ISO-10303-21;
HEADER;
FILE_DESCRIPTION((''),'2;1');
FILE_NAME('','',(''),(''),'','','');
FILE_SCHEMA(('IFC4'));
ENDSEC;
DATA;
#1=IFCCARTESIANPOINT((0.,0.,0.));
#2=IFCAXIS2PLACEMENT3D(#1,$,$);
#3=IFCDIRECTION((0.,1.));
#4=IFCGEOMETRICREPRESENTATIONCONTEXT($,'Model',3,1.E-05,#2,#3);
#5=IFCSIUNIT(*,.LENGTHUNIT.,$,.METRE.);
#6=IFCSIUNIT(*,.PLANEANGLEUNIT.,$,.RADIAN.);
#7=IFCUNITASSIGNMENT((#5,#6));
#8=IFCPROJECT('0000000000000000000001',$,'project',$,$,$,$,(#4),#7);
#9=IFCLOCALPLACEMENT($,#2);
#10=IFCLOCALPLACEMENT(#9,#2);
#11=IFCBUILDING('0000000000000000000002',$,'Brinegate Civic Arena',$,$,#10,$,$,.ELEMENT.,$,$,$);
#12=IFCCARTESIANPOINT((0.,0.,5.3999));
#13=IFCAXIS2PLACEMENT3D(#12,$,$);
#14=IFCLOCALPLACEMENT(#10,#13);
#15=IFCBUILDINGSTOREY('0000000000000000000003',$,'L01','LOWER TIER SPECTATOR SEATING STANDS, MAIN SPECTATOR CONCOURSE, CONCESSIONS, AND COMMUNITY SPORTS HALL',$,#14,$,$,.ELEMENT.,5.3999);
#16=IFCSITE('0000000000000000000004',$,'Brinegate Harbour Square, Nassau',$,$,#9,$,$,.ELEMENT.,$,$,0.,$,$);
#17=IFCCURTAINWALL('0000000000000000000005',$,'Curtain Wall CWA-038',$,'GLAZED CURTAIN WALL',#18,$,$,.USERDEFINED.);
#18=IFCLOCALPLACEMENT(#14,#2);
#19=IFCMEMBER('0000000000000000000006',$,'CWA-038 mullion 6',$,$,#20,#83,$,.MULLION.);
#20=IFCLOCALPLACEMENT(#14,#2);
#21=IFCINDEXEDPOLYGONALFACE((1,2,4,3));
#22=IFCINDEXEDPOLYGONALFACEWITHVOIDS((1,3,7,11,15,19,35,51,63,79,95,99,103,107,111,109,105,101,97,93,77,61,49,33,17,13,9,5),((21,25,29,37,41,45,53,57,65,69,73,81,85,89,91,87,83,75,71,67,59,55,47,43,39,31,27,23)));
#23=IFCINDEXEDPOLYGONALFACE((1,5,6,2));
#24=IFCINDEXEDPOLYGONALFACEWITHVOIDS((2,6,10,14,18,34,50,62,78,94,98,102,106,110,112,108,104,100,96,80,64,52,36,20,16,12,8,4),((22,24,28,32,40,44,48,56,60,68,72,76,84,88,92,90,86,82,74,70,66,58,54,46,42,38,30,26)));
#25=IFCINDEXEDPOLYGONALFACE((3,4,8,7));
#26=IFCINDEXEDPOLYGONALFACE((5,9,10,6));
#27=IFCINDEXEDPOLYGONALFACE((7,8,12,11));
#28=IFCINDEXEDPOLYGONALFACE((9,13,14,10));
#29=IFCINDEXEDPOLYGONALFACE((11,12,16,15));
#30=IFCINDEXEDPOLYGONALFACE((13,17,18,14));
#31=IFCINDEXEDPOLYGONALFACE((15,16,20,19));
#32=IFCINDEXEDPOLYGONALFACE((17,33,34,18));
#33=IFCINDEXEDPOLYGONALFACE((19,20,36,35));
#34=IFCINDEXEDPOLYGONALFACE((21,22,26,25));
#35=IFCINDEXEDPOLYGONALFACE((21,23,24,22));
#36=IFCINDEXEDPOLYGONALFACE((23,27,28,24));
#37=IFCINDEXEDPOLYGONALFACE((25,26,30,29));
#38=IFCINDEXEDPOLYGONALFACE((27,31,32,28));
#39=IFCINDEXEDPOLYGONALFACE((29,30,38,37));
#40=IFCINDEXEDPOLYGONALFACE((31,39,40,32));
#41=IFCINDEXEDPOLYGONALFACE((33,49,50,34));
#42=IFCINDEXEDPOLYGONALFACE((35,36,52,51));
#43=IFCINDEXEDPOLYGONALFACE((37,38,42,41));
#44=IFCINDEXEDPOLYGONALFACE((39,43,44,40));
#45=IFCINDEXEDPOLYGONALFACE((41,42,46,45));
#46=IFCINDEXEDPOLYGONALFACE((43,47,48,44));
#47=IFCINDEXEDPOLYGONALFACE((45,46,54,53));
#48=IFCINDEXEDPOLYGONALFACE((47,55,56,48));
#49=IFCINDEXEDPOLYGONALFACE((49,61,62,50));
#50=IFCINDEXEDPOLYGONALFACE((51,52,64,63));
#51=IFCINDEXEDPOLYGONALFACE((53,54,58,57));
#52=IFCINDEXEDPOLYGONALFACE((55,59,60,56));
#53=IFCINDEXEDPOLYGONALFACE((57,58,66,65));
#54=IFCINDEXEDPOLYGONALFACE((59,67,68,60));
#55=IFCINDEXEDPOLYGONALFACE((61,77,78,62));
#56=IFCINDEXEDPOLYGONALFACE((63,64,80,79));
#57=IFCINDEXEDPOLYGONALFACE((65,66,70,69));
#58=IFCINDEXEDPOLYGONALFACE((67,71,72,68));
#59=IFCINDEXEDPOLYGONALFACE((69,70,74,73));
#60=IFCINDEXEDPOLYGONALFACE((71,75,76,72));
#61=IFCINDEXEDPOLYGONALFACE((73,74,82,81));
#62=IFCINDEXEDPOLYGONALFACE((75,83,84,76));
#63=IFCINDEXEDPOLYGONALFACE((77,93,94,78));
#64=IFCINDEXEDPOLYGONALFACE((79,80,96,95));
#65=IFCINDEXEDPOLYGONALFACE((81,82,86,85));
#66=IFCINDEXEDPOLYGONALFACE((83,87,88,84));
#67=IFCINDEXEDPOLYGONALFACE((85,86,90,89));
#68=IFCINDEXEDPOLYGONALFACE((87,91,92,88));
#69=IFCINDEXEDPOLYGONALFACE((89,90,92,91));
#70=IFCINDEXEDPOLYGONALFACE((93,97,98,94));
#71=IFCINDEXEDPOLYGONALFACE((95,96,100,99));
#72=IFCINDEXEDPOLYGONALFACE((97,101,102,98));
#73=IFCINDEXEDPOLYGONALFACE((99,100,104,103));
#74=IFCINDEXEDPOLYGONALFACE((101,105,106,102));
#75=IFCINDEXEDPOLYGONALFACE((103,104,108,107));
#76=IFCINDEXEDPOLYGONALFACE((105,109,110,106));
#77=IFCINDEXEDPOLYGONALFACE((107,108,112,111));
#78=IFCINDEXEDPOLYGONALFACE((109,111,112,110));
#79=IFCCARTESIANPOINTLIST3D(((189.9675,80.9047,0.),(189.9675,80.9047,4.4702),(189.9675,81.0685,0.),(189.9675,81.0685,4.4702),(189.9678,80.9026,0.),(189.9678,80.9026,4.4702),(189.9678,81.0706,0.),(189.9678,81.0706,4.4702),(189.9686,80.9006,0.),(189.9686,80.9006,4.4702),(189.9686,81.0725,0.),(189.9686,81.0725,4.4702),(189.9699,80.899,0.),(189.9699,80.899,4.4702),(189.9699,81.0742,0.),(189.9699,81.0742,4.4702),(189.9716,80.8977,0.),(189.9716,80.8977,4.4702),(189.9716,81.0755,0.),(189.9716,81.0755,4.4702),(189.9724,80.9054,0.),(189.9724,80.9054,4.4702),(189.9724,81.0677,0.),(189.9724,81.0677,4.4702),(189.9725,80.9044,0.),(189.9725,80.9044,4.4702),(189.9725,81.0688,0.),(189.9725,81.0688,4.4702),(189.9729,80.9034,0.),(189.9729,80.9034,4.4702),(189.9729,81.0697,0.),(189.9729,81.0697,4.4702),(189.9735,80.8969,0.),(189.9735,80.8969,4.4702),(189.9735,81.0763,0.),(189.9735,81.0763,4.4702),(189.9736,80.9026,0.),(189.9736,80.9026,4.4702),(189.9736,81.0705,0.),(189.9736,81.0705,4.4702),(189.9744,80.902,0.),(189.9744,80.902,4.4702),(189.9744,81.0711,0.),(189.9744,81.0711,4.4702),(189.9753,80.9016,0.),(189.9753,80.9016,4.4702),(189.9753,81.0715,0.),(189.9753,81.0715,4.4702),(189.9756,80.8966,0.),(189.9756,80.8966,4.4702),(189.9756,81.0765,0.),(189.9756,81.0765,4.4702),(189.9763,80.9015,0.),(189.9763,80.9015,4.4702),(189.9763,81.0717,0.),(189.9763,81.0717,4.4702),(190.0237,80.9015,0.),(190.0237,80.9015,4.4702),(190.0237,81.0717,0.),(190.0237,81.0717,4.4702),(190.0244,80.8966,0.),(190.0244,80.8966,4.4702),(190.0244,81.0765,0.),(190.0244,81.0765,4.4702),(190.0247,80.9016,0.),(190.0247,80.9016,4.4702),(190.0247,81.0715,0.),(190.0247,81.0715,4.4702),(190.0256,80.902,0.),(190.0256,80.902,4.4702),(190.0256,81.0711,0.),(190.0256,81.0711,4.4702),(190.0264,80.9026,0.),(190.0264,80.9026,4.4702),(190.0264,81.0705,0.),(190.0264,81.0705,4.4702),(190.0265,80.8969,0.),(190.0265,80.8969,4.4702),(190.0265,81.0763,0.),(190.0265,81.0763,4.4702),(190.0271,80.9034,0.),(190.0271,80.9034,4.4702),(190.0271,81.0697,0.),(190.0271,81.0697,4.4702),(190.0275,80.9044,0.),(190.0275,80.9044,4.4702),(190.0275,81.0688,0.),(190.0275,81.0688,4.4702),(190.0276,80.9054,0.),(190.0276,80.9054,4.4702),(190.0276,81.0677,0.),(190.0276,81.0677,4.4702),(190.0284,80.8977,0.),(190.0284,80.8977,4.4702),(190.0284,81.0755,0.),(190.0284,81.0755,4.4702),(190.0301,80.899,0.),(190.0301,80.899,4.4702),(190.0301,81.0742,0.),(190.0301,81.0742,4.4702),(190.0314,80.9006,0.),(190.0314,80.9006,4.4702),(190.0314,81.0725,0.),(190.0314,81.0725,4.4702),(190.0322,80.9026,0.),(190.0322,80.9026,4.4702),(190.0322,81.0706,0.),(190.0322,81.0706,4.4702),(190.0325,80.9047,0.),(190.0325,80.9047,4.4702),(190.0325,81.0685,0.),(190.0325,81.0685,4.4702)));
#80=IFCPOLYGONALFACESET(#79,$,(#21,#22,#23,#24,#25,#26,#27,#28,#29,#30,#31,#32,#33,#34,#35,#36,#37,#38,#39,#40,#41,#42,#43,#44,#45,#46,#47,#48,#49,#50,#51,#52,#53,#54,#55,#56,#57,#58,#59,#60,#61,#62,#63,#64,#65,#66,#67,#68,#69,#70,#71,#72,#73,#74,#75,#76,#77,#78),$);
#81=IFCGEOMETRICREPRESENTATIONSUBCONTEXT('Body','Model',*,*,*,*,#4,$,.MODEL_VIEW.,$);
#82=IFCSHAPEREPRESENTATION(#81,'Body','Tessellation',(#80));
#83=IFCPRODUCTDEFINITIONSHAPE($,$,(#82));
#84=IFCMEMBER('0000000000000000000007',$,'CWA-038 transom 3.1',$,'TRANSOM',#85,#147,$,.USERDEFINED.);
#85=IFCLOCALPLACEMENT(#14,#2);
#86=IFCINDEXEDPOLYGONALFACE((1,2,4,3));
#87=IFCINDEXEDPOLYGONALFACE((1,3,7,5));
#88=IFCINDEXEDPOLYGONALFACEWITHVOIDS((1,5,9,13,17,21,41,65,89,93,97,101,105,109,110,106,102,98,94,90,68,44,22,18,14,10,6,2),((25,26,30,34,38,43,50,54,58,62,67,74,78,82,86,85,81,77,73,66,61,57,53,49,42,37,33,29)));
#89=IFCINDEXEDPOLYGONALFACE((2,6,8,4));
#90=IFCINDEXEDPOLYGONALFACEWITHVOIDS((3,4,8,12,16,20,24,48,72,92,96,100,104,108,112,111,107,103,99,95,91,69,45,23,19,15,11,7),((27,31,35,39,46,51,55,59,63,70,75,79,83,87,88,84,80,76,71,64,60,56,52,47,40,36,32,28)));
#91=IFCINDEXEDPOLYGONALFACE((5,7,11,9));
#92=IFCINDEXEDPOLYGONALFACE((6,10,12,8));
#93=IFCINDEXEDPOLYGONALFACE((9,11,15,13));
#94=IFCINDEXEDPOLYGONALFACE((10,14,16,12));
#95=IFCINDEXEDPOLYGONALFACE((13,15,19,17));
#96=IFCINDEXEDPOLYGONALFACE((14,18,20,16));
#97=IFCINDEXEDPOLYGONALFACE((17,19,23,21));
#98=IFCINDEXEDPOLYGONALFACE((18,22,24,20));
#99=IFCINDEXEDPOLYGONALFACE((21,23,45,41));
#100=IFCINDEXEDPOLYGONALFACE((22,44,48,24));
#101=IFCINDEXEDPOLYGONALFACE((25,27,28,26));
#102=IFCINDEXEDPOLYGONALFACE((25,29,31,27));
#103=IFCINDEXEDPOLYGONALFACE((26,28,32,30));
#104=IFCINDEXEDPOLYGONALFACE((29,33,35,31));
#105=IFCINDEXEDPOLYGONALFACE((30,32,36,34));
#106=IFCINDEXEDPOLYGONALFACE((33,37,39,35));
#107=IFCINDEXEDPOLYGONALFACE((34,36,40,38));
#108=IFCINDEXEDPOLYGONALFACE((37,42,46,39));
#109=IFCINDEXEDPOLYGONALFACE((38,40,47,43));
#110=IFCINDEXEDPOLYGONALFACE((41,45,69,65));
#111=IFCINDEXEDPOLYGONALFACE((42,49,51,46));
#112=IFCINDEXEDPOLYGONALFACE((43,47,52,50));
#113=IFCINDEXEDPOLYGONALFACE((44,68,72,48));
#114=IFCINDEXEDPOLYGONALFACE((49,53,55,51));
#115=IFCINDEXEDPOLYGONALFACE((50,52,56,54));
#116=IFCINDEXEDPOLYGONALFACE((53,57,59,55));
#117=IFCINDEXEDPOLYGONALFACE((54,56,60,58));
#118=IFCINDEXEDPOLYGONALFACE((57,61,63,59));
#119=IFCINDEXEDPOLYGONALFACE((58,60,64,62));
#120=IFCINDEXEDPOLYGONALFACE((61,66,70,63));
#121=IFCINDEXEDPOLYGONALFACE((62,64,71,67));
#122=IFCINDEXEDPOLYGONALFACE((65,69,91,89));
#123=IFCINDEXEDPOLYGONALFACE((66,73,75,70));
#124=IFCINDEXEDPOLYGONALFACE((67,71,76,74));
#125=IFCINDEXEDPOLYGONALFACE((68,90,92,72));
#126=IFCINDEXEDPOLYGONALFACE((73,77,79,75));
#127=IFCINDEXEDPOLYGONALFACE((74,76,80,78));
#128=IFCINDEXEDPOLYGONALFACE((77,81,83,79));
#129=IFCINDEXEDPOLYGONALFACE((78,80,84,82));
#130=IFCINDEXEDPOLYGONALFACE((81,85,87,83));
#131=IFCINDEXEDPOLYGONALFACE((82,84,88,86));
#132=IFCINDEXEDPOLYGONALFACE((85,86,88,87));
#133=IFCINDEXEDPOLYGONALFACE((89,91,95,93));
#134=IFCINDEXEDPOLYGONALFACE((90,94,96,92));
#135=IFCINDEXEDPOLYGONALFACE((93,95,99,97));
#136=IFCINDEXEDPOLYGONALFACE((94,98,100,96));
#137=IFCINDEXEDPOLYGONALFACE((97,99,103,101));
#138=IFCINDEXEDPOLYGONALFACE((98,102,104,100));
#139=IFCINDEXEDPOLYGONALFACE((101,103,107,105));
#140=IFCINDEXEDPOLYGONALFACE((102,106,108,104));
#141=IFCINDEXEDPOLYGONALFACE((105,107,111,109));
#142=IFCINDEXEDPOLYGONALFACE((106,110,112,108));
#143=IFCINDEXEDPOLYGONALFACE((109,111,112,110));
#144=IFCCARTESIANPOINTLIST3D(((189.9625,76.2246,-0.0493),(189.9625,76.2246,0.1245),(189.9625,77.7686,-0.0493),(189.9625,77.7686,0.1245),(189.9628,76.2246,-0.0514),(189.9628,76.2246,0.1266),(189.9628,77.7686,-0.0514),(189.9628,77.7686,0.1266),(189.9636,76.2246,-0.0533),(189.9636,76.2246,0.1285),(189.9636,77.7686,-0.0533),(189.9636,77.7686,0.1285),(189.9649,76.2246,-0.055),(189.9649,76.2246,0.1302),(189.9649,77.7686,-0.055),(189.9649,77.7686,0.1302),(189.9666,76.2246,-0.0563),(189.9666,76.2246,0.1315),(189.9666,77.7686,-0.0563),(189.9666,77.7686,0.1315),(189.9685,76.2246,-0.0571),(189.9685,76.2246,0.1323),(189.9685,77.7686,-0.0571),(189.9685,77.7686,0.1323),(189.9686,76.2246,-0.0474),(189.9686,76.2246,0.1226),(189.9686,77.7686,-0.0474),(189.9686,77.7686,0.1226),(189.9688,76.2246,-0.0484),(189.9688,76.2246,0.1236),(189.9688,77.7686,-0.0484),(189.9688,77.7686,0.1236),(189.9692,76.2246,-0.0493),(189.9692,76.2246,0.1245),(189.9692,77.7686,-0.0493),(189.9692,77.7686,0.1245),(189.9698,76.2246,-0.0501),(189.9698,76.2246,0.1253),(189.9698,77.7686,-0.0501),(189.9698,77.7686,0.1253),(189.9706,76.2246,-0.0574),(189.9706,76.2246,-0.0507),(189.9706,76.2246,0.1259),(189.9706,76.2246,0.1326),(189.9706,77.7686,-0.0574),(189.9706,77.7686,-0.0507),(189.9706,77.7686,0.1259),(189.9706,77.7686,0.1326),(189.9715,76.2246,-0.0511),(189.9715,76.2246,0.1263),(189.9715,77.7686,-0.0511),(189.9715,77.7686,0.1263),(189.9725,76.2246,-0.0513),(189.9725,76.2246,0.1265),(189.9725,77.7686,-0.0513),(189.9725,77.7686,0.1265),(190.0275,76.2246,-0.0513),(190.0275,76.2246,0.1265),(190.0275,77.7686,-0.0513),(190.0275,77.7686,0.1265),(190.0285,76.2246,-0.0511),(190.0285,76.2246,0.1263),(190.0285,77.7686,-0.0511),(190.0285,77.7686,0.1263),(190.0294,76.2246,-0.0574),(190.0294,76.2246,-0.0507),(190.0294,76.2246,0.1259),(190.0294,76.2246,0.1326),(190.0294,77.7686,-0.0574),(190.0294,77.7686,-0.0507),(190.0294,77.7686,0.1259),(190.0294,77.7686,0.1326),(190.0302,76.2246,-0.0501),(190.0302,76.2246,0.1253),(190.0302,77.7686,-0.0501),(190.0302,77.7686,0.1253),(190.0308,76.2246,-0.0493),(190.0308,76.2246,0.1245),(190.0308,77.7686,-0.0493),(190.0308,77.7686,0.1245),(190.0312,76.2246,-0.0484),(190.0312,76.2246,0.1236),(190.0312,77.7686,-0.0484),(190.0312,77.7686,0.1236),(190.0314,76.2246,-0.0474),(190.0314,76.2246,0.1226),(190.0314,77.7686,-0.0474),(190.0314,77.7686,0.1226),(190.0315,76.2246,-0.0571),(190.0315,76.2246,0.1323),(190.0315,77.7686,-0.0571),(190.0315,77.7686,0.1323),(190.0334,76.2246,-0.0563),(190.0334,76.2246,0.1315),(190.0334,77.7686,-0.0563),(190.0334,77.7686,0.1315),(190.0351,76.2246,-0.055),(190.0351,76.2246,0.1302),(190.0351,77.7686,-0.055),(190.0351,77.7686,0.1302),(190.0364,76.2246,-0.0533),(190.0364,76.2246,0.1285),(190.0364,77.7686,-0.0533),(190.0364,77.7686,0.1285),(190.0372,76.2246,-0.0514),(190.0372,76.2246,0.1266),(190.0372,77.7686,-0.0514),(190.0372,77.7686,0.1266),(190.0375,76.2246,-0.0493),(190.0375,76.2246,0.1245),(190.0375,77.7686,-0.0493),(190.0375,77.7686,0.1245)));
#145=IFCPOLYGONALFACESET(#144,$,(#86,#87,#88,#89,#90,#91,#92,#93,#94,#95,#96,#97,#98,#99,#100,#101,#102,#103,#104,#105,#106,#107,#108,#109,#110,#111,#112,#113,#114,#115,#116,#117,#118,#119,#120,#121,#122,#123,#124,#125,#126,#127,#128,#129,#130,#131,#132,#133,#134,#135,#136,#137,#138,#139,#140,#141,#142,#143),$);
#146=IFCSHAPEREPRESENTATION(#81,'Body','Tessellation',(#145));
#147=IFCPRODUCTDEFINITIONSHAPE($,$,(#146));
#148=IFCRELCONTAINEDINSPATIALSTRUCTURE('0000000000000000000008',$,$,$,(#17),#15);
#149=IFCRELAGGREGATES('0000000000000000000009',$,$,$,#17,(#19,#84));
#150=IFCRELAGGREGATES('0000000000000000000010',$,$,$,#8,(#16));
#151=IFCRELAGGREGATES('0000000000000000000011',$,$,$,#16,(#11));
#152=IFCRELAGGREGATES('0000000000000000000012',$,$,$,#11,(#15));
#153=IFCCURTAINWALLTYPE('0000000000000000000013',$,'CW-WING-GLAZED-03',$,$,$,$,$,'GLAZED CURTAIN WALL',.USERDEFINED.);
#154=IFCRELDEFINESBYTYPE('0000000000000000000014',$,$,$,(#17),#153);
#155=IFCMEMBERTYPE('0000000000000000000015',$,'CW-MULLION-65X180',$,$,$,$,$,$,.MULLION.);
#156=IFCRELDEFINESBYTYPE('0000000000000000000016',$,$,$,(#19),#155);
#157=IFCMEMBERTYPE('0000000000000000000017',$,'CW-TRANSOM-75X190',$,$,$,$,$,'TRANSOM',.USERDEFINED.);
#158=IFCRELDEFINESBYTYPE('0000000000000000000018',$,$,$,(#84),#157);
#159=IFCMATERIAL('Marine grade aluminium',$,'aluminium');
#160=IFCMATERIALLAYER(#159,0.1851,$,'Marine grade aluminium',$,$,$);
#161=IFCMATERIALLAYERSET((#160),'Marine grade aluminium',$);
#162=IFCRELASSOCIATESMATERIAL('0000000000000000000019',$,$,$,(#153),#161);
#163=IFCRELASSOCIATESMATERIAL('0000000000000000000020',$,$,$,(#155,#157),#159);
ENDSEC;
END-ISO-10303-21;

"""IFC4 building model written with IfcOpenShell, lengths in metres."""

from ifc_helpers import new_model, si_unit, direction, frame, origin, origin_2d, place, context, subcontext, project, spatial, hollow_rectangle, extrude, material, layer, layer_set, material_profile, profile_set, type_object, element, aggregate, save


model = new_model("IFC4")

# Units and contexts
model_context = context("Model", 3, precision=1e-05, world=origin(), true_north=direction((0.0, 1.0)))
body_context = subcontext(model_context, "Body", "Model", "MODEL_VIEW")
ifc_project = project(units=[si_unit("LENGTHUNIT", "METRE"), si_unit("PLANEANGLEUNIT", "RADIAN")], contexts=[model_context])

# Site, building, storey
site_placement = place(None, origin())
site = spatial("IfcSite", under=ifc_project, at=site_placement, Name="Brinegate Harbour Square, Nassau", CompositionType="ELEMENT", RefElevation=0.0)
building_placement = place(site_placement, origin())
building = spatial("IfcBuilding", under=site, at=building_placement, Name="Brinegate Civic Arena", CompositionType="ELEMENT")
storey_placement = place(building_placement, frame((0.0, 0.0, 5.3999)))
storey = spatial("IfcBuildingStorey", under=building, at=storey_placement, Name="L01", Description="LOWER TIER SPECTATOR SEATING STANDS, MAIN SPECTATOR CONCOURSE, CONCESSIONS, AND COMMUNITY SPORTS HALL", CompositionType="ELEMENT", Elevation=5.3999)

# Curtain wall, members
ifc_material_1 = material(Name="Marine grade aluminium", Category="aluminium")
ifc_layer_1 = layer(ifc_material_1, 0.1851, Name="Marine grade aluminium")
ifc_layer_set_1 = layer_set([ifc_layer_1], Name="Marine grade aluminium")
curtain_wall_type = type_object("IfcCurtainWallType", Name="CW-WING-GLAZED-03", ElementType="GLAZED CURTAIN WALL", PredefinedType="USERDEFINED", material=ifc_layer_set_1)
curtain_wall_placement = place(storey_placement, origin())
curtain_wall = element("IfcCurtainWall", 1, at=curtain_wall_placement, inside=storey, type_object=curtain_wall_type, Name="Curtain Wall CWA-038", ObjectType="GLAZED CURTAIN WALL", PredefinedType="USERDEFINED")
ifc_material_profile_1 = material_profile(ifc_material_1, hollow_rectangle(XDim=0.0649, YDim=0.1799, WallThickness=0.0049, InnerFilletRadius=0.0039, OuterFilletRadius=0.0081, at=origin_2d()), Name="MUL65X180")
ifc_profile_set_1 = profile_set([ifc_material_profile_1], Name="Marine grade aluminium")
member_type_1 = type_object("IfcMemberType", Name="CW-MULLION-65X180", PredefinedType="MULLION", material=ifc_profile_set_1)
member_1_placement = place(storey_placement, frame((190.0, 80.9866, 0.0), z_axis=(0.0, 0.0, 1.0), x_axis=(-1.0, 0.0, 0.0)))
member_1 = element("IfcMember", 2, at=member_1_placement, type_object=member_type_1, Name="CWA-038 mullion 6", PredefinedType="MULLION", context=body_context, shape_type="SweptSolid", body=[
    extrude(hollow_rectangle(XDim=0.0649, YDim=0.1799, WallThickness=0.0049, InnerFilletRadius=0.0039, OuterFilletRadius=0.0081, at=origin_2d()), origin(), (0.0, 0.0, 1.0), 4.4702),
])
ifc_material_profile_2 = material_profile(ifc_material_1, hollow_rectangle(XDim=0.075, YDim=0.1899, WallThickness=0.0061, InnerFilletRadius=0.0039, OuterFilletRadius=0.0081, at=origin_2d()), Name="TRN75X190")
ifc_profile_set_2 = profile_set([ifc_material_profile_2], Name="Marine grade aluminium")
member_type_2 = type_object("IfcMemberType", Name="CW-TRANSOM-75X190", ElementType="TRANSOM", PredefinedType="USERDEFINED", material=ifc_profile_set_2)
member_2_placement = place(storey_placement, frame((190.0, 76.2246, 0.0376), z_axis=(0.0, 1.0, 0.0), x_axis=(-1.0, 0.0, 0.0)))
member_2 = element("IfcMember", 3, at=member_2_placement, type_object=member_type_2, Name="CWA-038 transom 3.1", ObjectType="TRANSOM", PredefinedType="USERDEFINED", context=body_context, shape_type="SweptSolid", body=[
    extrude(hollow_rectangle(XDim=0.075, YDim=0.1899, WallThickness=0.0061, InnerFilletRadius=0.0039, OuterFilletRadius=0.0081, at=origin_2d()), origin(), (0.0, 0.0, 1.0), 1.5439),
])

aggregate(curtain_wall, [member_1, member_2])

save(model, "model.ifc")
